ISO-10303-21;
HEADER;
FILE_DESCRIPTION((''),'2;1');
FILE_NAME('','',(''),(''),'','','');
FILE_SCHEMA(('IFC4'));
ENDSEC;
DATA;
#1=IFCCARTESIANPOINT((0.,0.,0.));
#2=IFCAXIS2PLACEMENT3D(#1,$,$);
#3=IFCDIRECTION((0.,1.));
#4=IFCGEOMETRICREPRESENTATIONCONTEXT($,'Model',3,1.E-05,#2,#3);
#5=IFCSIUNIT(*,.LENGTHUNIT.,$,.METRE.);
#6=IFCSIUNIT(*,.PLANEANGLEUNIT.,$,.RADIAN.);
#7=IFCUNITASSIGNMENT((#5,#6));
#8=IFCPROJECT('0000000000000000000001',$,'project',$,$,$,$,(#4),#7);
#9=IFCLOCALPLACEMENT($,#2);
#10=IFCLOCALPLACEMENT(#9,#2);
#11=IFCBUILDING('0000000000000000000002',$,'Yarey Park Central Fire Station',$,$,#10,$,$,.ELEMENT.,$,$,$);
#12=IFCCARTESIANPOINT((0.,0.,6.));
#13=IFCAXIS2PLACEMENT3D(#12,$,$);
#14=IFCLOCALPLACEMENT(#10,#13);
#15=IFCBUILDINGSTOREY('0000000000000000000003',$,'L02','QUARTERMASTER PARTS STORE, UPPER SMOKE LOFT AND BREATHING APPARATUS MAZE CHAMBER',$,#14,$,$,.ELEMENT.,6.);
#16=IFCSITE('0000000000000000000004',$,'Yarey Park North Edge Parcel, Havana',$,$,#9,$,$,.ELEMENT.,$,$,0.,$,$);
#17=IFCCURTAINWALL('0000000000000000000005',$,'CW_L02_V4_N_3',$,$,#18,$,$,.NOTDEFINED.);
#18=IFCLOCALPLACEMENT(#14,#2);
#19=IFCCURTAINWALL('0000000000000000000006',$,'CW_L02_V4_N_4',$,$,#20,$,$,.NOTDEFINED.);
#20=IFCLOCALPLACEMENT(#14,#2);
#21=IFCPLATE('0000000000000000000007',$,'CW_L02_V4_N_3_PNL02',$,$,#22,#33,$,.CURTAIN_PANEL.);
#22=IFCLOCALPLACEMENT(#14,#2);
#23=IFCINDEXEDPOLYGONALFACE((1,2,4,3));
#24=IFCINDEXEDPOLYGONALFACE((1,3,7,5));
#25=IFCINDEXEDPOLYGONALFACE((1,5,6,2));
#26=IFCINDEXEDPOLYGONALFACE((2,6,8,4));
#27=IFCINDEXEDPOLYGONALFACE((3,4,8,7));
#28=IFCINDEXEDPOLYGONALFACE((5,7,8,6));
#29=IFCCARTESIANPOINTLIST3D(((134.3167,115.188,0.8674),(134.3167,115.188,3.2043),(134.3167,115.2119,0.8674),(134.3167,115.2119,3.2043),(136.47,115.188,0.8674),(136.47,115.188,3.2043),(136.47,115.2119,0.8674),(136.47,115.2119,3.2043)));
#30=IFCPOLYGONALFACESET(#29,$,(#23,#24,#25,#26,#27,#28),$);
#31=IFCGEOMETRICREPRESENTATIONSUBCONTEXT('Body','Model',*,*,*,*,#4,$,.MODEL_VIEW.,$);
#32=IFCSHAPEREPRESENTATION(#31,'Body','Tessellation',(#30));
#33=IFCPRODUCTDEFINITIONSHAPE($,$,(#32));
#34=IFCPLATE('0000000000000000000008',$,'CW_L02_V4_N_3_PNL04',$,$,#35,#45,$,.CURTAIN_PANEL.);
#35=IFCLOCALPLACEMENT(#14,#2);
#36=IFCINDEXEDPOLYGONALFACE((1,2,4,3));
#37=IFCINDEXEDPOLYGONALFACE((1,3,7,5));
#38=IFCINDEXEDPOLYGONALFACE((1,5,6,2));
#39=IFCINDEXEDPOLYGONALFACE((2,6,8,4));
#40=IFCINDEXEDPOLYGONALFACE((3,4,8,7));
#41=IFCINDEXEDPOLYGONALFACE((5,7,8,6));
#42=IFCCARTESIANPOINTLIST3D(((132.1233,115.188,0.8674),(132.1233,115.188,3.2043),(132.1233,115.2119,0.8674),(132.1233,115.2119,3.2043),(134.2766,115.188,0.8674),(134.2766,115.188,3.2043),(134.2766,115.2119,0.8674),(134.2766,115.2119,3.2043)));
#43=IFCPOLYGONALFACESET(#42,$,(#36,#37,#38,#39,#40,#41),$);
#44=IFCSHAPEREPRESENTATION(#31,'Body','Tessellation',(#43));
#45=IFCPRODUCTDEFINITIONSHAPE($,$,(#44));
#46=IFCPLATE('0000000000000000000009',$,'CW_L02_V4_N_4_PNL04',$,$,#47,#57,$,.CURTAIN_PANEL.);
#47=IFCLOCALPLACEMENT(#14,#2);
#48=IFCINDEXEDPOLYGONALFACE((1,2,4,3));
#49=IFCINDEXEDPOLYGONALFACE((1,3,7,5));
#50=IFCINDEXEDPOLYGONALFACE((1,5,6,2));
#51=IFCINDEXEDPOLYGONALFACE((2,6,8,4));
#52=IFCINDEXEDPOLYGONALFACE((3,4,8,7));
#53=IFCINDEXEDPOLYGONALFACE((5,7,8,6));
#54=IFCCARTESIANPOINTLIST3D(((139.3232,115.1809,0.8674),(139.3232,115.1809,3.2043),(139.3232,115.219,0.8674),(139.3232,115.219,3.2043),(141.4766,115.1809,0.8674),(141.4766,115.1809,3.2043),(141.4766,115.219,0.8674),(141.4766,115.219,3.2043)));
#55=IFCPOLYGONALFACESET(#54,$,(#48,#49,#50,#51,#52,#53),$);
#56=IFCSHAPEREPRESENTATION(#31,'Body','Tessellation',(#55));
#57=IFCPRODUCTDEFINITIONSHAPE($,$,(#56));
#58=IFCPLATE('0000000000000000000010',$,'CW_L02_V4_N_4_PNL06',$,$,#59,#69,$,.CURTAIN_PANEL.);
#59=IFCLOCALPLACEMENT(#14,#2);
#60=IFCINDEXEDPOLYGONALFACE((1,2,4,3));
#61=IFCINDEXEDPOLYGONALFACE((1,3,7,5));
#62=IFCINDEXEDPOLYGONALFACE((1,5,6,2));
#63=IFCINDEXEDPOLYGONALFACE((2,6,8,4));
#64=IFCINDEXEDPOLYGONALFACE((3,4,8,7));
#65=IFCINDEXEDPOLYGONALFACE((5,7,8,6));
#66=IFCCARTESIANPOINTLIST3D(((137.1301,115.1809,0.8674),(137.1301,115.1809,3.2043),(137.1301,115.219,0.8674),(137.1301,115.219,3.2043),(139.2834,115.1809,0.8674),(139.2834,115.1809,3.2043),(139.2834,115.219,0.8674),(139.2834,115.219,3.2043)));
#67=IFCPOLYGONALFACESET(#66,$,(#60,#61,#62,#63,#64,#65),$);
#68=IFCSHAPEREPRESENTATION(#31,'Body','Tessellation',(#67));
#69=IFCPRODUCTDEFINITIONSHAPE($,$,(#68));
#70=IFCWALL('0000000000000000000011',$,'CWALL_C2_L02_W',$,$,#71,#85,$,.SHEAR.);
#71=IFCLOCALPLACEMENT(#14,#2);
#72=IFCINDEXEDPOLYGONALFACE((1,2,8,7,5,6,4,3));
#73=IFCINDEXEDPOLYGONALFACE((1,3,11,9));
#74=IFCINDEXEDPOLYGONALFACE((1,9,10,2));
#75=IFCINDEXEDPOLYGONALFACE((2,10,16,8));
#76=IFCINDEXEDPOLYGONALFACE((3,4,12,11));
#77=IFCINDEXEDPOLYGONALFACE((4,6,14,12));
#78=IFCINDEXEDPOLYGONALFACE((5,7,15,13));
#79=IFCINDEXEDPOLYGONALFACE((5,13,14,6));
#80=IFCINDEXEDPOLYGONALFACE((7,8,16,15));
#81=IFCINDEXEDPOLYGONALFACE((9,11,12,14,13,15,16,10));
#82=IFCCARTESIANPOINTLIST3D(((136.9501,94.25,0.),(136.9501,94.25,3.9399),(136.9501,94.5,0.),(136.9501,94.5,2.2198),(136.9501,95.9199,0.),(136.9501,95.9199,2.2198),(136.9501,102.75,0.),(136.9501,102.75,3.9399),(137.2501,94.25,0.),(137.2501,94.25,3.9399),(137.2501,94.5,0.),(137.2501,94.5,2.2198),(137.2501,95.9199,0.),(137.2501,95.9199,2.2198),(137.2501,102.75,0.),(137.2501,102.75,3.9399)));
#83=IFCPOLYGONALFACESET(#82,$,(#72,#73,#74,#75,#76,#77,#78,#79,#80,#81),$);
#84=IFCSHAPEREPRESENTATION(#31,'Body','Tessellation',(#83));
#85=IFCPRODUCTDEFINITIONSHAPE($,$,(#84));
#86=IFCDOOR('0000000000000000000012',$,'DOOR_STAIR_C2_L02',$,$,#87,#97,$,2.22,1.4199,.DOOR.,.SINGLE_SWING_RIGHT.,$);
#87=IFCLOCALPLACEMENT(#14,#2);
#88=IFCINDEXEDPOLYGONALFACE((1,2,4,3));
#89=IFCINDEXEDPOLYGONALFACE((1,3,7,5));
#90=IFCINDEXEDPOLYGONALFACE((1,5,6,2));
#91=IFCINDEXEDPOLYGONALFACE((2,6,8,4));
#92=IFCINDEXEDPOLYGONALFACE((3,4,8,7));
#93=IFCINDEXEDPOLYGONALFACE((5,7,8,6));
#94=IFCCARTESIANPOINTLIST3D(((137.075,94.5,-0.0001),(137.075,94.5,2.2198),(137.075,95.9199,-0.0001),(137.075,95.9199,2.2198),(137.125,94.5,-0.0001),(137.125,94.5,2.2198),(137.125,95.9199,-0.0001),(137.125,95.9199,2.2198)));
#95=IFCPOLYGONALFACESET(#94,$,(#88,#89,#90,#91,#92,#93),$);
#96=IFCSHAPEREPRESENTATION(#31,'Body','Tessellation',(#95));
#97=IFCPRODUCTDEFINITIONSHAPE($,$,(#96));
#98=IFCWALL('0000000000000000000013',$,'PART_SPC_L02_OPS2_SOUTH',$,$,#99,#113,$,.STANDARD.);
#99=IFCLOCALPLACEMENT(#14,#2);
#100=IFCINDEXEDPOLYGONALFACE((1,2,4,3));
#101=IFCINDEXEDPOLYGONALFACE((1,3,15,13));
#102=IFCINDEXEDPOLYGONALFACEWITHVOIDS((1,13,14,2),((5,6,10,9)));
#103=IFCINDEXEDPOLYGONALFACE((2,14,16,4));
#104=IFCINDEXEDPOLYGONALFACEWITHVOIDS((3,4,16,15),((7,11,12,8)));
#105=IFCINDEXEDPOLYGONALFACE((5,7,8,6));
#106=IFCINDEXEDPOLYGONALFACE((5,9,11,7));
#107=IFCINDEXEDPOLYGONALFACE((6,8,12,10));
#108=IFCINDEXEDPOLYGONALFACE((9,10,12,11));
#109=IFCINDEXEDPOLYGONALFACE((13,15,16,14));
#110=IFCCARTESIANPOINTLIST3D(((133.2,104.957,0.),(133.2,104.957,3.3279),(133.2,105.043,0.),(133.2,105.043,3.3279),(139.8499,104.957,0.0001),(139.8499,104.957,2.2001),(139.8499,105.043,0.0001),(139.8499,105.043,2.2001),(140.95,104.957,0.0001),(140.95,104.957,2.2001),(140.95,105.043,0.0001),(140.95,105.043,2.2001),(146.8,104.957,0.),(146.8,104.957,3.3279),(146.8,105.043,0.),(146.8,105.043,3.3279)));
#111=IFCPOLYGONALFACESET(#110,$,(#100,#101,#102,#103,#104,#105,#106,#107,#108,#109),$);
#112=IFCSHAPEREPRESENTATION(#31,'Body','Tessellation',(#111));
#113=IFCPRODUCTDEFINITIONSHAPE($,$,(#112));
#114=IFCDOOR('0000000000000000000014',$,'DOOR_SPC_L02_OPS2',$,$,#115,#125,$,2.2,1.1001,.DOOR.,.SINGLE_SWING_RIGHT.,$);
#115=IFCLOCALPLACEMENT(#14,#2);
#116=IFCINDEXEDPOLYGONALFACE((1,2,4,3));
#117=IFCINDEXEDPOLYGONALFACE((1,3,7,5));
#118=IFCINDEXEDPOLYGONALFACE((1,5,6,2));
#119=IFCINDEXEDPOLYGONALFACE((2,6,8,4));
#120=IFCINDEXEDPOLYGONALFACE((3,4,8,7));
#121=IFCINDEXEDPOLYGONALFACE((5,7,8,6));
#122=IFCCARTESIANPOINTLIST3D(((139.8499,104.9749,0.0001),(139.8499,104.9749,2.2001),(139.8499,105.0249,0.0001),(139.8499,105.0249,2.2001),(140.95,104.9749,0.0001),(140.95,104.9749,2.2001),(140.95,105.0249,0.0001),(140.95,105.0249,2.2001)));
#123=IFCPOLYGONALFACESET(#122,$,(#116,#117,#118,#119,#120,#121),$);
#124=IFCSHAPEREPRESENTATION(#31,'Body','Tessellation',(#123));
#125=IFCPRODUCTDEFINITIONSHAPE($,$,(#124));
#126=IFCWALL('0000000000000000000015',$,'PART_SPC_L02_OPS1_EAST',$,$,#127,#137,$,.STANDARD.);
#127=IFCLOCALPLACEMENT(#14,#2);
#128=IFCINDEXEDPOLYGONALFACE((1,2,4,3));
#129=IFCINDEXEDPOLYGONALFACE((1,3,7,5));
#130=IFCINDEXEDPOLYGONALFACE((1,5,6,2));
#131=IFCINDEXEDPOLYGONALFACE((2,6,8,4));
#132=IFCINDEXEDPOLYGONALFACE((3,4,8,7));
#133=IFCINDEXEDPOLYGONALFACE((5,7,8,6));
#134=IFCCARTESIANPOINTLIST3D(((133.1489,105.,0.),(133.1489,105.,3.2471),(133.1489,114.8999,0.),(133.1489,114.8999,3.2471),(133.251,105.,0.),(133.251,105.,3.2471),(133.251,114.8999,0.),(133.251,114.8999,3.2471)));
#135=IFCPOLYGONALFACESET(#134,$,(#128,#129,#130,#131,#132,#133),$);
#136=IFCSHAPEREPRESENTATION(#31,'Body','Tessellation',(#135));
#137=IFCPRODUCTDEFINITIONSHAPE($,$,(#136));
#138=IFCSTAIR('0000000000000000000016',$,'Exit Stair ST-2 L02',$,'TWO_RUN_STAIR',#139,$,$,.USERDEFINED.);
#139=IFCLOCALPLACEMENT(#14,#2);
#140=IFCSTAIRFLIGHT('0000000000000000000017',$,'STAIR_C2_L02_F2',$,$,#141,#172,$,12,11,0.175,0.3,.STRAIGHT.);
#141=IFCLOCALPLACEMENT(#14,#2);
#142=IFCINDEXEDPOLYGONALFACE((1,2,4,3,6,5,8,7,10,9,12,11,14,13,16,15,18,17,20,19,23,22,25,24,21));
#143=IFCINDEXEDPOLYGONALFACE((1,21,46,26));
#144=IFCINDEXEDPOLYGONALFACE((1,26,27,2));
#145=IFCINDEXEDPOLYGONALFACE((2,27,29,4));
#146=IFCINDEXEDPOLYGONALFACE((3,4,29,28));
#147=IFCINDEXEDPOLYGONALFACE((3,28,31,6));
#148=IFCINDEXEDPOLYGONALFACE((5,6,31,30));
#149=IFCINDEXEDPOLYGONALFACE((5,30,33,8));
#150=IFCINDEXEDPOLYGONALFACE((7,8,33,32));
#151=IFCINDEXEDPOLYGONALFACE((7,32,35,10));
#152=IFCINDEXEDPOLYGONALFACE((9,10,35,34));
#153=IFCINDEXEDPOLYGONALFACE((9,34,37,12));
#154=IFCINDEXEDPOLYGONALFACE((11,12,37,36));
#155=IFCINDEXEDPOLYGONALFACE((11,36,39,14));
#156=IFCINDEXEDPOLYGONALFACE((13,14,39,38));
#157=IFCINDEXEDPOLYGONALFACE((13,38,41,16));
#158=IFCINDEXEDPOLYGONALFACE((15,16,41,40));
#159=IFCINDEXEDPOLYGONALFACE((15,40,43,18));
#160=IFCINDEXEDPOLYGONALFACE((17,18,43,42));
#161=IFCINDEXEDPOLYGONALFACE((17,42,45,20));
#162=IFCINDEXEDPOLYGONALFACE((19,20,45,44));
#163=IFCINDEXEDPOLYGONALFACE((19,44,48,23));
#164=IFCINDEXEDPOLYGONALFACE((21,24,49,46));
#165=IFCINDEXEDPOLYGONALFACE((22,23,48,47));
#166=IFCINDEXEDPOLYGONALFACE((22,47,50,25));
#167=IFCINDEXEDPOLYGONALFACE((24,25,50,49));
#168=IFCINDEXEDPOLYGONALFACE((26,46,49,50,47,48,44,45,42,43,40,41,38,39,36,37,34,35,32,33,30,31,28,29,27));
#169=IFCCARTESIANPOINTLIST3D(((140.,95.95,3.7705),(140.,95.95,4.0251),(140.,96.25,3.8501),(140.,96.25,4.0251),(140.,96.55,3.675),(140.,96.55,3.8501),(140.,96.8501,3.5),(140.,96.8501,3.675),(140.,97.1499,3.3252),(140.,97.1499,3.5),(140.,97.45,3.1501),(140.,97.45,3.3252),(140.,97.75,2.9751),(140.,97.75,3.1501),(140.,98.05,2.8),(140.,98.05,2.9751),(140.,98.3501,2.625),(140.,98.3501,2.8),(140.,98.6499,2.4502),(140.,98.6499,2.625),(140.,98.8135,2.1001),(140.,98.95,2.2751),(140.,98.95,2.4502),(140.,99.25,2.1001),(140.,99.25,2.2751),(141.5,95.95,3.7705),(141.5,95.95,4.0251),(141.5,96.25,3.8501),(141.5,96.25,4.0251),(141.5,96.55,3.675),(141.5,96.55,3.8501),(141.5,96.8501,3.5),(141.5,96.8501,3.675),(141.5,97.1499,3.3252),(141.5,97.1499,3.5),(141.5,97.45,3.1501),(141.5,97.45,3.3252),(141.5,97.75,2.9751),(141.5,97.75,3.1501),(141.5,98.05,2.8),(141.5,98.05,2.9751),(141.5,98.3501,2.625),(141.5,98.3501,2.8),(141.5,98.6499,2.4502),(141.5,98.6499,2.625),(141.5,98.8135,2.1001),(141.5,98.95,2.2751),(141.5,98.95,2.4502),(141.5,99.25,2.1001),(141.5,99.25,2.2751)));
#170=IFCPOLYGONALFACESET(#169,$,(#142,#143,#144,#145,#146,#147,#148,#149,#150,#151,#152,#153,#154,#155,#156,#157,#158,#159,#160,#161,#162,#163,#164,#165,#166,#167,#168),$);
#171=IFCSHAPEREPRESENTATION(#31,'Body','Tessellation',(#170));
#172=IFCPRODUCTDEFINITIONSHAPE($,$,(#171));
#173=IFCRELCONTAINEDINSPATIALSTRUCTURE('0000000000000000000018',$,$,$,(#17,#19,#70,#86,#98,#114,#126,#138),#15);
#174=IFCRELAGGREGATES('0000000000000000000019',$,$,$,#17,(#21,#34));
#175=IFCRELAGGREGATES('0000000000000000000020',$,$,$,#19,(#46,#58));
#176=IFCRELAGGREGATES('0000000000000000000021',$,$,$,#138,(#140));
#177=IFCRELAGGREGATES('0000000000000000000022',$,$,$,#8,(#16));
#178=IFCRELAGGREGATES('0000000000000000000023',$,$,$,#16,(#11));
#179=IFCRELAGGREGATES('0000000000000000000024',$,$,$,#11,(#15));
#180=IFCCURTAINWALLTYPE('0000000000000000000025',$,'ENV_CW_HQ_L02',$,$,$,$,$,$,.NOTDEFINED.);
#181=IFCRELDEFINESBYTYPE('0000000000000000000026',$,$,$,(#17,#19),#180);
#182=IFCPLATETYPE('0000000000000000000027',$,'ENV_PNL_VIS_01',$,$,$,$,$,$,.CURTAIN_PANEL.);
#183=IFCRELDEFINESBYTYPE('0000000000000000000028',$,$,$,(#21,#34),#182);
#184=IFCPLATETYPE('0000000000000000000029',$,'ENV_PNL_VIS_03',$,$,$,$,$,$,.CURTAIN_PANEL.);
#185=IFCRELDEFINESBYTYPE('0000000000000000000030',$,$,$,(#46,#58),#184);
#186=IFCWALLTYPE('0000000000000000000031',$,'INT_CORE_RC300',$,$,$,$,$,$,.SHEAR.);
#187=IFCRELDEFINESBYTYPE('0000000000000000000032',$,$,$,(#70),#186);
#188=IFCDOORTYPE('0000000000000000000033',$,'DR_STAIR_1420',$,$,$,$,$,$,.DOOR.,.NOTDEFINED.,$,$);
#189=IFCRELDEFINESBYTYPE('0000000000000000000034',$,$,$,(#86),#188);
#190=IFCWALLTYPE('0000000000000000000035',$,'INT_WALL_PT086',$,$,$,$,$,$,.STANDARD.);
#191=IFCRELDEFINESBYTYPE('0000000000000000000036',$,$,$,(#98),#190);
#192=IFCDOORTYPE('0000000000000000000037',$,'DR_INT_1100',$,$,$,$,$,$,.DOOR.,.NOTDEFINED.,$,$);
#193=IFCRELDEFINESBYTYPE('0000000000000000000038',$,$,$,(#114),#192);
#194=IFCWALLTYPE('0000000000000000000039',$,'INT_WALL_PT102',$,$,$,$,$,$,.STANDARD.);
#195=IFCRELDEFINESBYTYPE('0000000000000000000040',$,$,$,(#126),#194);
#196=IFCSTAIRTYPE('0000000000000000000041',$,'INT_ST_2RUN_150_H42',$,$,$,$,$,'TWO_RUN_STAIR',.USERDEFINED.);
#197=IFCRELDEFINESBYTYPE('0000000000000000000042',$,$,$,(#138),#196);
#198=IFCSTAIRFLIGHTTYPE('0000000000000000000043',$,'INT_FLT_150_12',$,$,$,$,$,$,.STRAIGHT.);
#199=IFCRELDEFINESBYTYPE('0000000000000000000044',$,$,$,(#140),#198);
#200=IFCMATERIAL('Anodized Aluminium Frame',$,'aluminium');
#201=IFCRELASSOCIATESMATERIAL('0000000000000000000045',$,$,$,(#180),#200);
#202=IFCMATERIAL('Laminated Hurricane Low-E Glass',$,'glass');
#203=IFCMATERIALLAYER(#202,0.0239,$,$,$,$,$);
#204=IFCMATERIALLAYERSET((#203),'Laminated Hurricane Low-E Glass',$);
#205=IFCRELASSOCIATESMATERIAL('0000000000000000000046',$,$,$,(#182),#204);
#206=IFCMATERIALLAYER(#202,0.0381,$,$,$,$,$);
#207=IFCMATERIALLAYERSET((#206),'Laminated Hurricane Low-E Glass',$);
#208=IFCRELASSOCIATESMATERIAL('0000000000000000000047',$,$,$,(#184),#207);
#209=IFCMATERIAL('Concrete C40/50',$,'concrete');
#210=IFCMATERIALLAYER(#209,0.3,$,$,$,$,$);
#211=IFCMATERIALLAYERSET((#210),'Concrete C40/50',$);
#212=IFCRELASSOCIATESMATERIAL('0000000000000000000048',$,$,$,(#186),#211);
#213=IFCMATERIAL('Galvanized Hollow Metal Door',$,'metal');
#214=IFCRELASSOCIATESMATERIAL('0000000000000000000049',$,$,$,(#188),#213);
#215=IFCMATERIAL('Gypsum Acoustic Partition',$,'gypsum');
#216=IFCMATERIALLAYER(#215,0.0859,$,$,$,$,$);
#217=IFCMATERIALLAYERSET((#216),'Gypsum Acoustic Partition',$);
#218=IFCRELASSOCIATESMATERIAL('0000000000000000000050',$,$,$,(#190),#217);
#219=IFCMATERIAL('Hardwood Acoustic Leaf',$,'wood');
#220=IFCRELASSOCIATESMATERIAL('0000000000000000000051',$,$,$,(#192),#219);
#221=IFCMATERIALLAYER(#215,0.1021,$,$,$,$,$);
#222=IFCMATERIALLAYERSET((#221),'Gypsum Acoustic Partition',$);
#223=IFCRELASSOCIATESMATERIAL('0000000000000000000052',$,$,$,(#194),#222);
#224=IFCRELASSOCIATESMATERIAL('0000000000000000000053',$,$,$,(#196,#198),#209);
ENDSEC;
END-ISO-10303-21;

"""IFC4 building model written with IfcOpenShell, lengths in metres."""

from ifc_helpers import new_model, si_unit, direction, frame, frame_2d, origin, origin_2d, place, context, subcontext, project, spatial, polyline, rectangle, outline, extrude, material, layer, layer_set, type_object, element, fill, aggregate, save


model = new_model("IFC4")

# Units and contexts
model_context = context("Model", 3, precision=1e-05, world=origin(), true_north=direction((0.0, 1.0)))
body_context = subcontext(model_context, "Body", "Model", "MODEL_VIEW")
ifc_project = project(units=[si_unit("LENGTHUNIT", "METRE"), si_unit("PLANEANGLEUNIT", "RADIAN")], contexts=[model_context])

# Site, building, storey
site_placement = place(None, origin())
site = spatial("IfcSite", under=ifc_project, at=site_placement, Name="Yarey Park North Edge Parcel, Havana", CompositionType="ELEMENT", RefElevation=0.0)
building_placement = place(site_placement, origin())
building = spatial("IfcBuilding", under=site, at=building_placement, Name="Yarey Park Central Fire Station", CompositionType="ELEMENT")
storey_placement = place(building_placement, frame((0.0, 0.0, 6.0)))
storey = spatial("IfcBuildingStorey", under=building, at=storey_placement, Name="L02", Description="QUARTERMASTER PARTS STORE, UPPER SMOKE LOFT AND BREATHING APPARATUS MAZE CHAMBER", CompositionType="ELEMENT", Elevation=6.0)

# Shared definitions
ifc_material_1 = material(Name="Concrete C40/50", Category="concrete")

# Curtain walls
ifc_material_2 = material(Name="Anodized Aluminium Frame", Category="aluminium")
curtain_wall_type = type_object("IfcCurtainWallType", Name="ENV_CW_HQ_L02", PredefinedType="NOTDEFINED", material=ifc_material_2)
curtain_wall_1_placement = place(storey_placement, origin())
curtain_wall_1 = element("IfcCurtainWall", 1, at=curtain_wall_1_placement, inside=storey, type_object=curtain_wall_type, Name="CW_L02_V4_N_3", PredefinedType="NOTDEFINED")
curtain_wall_2_placement = place(storey_placement, origin())
curtain_wall_2 = element("IfcCurtainWall", 2, at=curtain_wall_2_placement, inside=storey, type_object=curtain_wall_type, Name="CW_L02_V4_N_4", PredefinedType="NOTDEFINED")

# Plates
ifc_material_3 = material(Name="Laminated Hurricane Low-E Glass", Category="glass")
ifc_layer_1 = layer(ifc_material_3, 0.0239)
ifc_layer_set_1 = layer_set([ifc_layer_1], Name="Laminated Hurricane Low-E Glass")
plate_type_1 = type_object("IfcPlateType", Name="ENV_PNL_VIS_01", PredefinedType="CURTAIN_PANEL", material=ifc_layer_set_1)
plate_1_placement = place(storey_placement, frame((135.3933, 115.2, 0.8674), z_axis=(0.0, 0.0, 1.0), x_axis=(-1.0, 0.0, 0.0)))
plate_1 = element("IfcPlate", 3, at=plate_1_placement, type_object=plate_type_1, Name="CW_L02_V4_N_3_PNL02", PredefinedType="CURTAIN_PANEL", context=body_context, shape_type="SweptSolid", body=[
    extrude(rectangle(XDim=2.1533, YDim=0.0239, at=origin_2d()), origin(), (0.0, 0.0, 1.0), 2.3369),
])
plate_2_placement = place(storey_placement, frame((133.2, 115.2, 0.8674), z_axis=(0.0, 0.0, 1.0), x_axis=(-1.0, 0.0, 0.0)))
plate_2 = element("IfcPlate", 4, at=plate_2_placement, type_object=plate_type_1, Name="CW_L02_V4_N_3_PNL04", PredefinedType="CURTAIN_PANEL", context=body_context, shape_type="SweptSolid", body=[
    extrude(rectangle(XDim=2.1533, YDim=0.0239, at=origin_2d()), origin(), (0.0, 0.0, 1.0), 2.3369),
])
aggregate(curtain_wall_1, [plate_1, plate_2])
ifc_layer_2 = layer(ifc_material_3, 0.0381)
ifc_layer_set_2 = layer_set([ifc_layer_2], Name="Laminated Hurricane Low-E Glass")
plate_type_2 = type_object("IfcPlateType", Name="ENV_PNL_VIS_03", PredefinedType="CURTAIN_PANEL", material=ifc_layer_set_2)
plate_3_placement = place(storey_placement, frame((140.3999, 115.2, 0.8674), z_axis=(0.0, 0.0, 1.0), x_axis=(-1.0, 0.0, 0.0)))
plate_3 = element("IfcPlate", 5, at=plate_3_placement, type_object=plate_type_2, Name="CW_L02_V4_N_4_PNL04", PredefinedType="CURTAIN_PANEL", context=body_context, shape_type="SweptSolid", body=[
    extrude(rectangle(XDim=2.1533, YDim=0.0381, at=origin_2d()), origin(), (0.0, 0.0, 1.0), 2.3369),
])
plate_4_placement = place(storey_placement, frame((138.2068, 115.2, 0.8674), z_axis=(0.0, 0.0, 1.0), x_axis=(-1.0, 0.0, 0.0)))
plate_4 = element("IfcPlate", 6, at=plate_4_placement, type_object=plate_type_2, Name="CW_L02_V4_N_4_PNL06", PredefinedType="CURTAIN_PANEL", context=body_context, shape_type="SweptSolid", body=[
    extrude(rectangle(XDim=2.1533, YDim=0.0381, at=origin_2d()), origin(), (0.0, 0.0, 1.0), 2.3369),
])
aggregate(curtain_wall_2, [plate_3, plate_4])

# Walls, openings, doors
ifc_layer_3 = layer(ifc_material_1, 0.3)
ifc_layer_set_3 = layer_set([ifc_layer_3], Name="Concrete C40/50")
wall_type_1 = type_object("IfcWallType", Name="INT_CORE_RC300", PredefinedType="SHEAR", material=ifc_layer_set_3)
wall_1_placement = place(storey_placement, frame((137.1001, 102.75, 0.0), z_axis=(0.0, 0.0, 1.0), x_axis=(0.0, -1.0, 0.0)))
wall_1 = element("IfcWall", 7, at=wall_1_placement, inside=storey, type_object=wall_type_1, Name="CWALL_C2_L02_W", PredefinedType="SHEAR", context=body_context, shape_type="SweptSolid", body=[
    extrude(rectangle(XDim=8.5, YDim=0.3, at=frame_2d((4.25, 0.0))), origin(), (0.0, 0.0, 1.0), 3.9399),
])
opening_1_placement = place(wall_1_placement, frame((6.8301, 0.0, 0.0)))
opening_1 = element("IfcOpeningElement", 8, at=opening_1_placement, cuts=wall_1, PredefinedType="OPENING", context=body_context, shape_type="SweptSolid", body=[
    extrude(rectangle(XDim=1.4199, YDim=2.22, at=frame_2d((0.71, 1.1099))), frame((0.0, 0.1599, 0.0), z_axis=(0.0, -1.0, 0.0), x_axis=(1.0, 0.0, 0.0)), (0.0, 0.0, 1.0), 0.3201),
])
ifc_material_4 = material(Name="Galvanized Hollow Metal Door", Category="metal")
door_type_1 = type_object("IfcDoorType", Name="DR_STAIR_1420", OperationType="NOTDEFINED", PredefinedType="DOOR", material=ifc_material_4)
door_1_placement = place(opening_1_placement, origin())
door_1 = element("IfcDoor", 9, at=door_1_placement, inside=storey, type_object=door_type_1, Name="DOOR_STAIR_C2_L02", OperationType="SINGLE_SWING_RIGHT", OverallHeight=2.22, OverallWidth=1.4199, PredefinedType="DOOR", context=body_context, shape_type="SweptSolid", body=[
    extrude(rectangle(XDim=1.4199, YDim=2.22, at=frame_2d((0.71, 1.1099))), frame((0.0, 0.0249, 0.0), z_axis=(0.0, -1.0, 0.0), x_axis=(1.0, 0.0, 0.0)), (0.0, 0.0, 1.0), 0.05),
])
fill(opening_1, door_1)
ifc_material_5 = material(Name="Gypsum Acoustic Partition", Category="gypsum")
ifc_layer_4 = layer(ifc_material_5, 0.0859)
ifc_layer_set_4 = layer_set([ifc_layer_4], Name="Gypsum Acoustic Partition")
wall_type_2 = type_object("IfcWallType", Name="INT_WALL_PT086", PredefinedType="STANDARD", material=ifc_layer_set_4)
wall_2_placement = place(storey_placement, frame((133.2, 105.0, 0.0), z_axis=(0.0, 0.0, 1.0), x_axis=(1.0, 0.0, 0.0)))
wall_2 = element("IfcWall", 10, at=wall_2_placement, inside=storey, type_object=wall_type_2, Name="PART_SPC_L02_OPS2_SOUTH", PredefinedType="STANDARD", context=body_context, shape_type="SweptSolid", body=[
    extrude(rectangle(XDim=13.6001, YDim=0.0859, at=frame_2d((6.8, 0.0))), origin(), (0.0, 0.0, 1.0), 3.3279),
])
opening_2_placement = place(wall_2_placement, frame((6.6499, 0.0, 0.0)))
opening_2 = element("IfcOpeningElement", 11, at=opening_2_placement, cuts=wall_2, PredefinedType="OPENING", context=body_context, shape_type="SweptSolid", body=[
    extrude(rectangle(XDim=1.1001, YDim=2.2, at=frame_2d((0.55, 1.1001))), frame((0.0, 0.053, 0.0), z_axis=(0.0, -1.0, 0.0), x_axis=(1.0, 0.0, 0.0)), (0.0, 0.0, 1.0), 0.106),
])
ifc_material_6 = material(Name="Hardwood Acoustic Leaf", Category="wood")
door_type_2 = type_object("IfcDoorType", Name="DR_INT_1100", OperationType="NOTDEFINED", PredefinedType="DOOR", material=ifc_material_6)
door_2_placement = place(opening_2_placement, origin())
door_2 = element("IfcDoor", 12, at=door_2_placement, inside=storey, type_object=door_type_2, Name="DOOR_SPC_L02_OPS2", OperationType="SINGLE_SWING_RIGHT", OverallHeight=2.2, OverallWidth=1.1001, PredefinedType="DOOR", context=body_context, shape_type="SweptSolid", body=[
    extrude(rectangle(XDim=1.1001, YDim=2.2, at=frame_2d((0.55, 1.1001))), frame((0.0, 0.0249, 0.0), z_axis=(0.0, -1.0, 0.0), x_axis=(1.0, 0.0, 0.0)), (0.0, 0.0, 1.0), 0.05),
])
fill(opening_2, door_2)

# Wall
ifc_layer_5 = layer(ifc_material_5, 0.1021)
ifc_layer_set_5 = layer_set([ifc_layer_5], Name="Gypsum Acoustic Partition")
wall_type_3 = type_object("IfcWallType", Name="INT_WALL_PT102", PredefinedType="STANDARD", material=ifc_layer_set_5)
wall_3_placement = place(storey_placement, frame((133.2, 105.0, 0.0), z_axis=(0.0, 0.0, 1.0), x_axis=(0.0, 1.0, 0.0)))
element("IfcWall", 13, at=wall_3_placement, inside=storey, type_object=wall_type_3, Name="PART_SPC_L02_OPS1_EAST", PredefinedType="STANDARD", context=body_context, shape_type="SweptSolid", body=[
    extrude(rectangle(XDim=9.8999, YDim=0.1021, at=frame_2d((4.95, 0.0))), origin(), (0.0, 0.0, 1.0), 3.2471),
])

# Stair, stair flight
stair_type = type_object("IfcStairType", Name="INT_ST_2RUN_150_H42", ElementType="TWO_RUN_STAIR", PredefinedType="USERDEFINED", material=ifc_material_1)
stair_placement = place(storey_placement, origin())
stair = element("IfcStair", 14, at=stair_placement, inside=storey, type_object=stair_type, Name="Exit Stair ST-2 L02", ObjectType="TWO_RUN_STAIR", PredefinedType="USERDEFINED")
stair_flight_type = type_object("IfcStairFlightType", Name="INT_FLT_150_12", PredefinedType="STRAIGHT", material=ifc_material_1)
stair_flight_placement = place(storey_placement, frame((140.75, 99.25, 2.1001), z_axis=(0.0, 0.0, 1.0), x_axis=(0.0, -1.0, 0.0)))
stair_flight = element("IfcStairFlight", 15, at=stair_flight_placement, type_object=stair_flight_type, Name="STAIR_C2_L02_F2", NumberOfRisers=12, NumberOfTreads=11, PredefinedType="STRAIGHT", RiserHeight=0.175, TreadLength=0.3, context=body_context, shape_type="SweptSolid", body=[
    extrude(outline(polyline([(0.0, 0.0), (0.0, 0.175), (0.3, 0.175), (0.3, 0.3501), (0.6001, 0.3501), (0.6001, 0.5249), (0.8999, 0.5249), (0.8999, 0.7), (1.2, 0.7), (1.2, 0.875), (1.5, 0.875), (1.5, 1.05), (1.8, 1.05), (1.8, 1.2251), (2.1001, 1.2251), (2.1001, 1.3999), (2.3999, 1.3999), (2.3999, 1.575), (2.7, 1.575), (2.7, 1.75), (3.0, 1.75), (3.0, 1.925), (3.3, 1.925), (3.3, 2.1001), (3.3, 1.6704), (0.4365, 0.0), (0.0, 0.0)])), frame((0.0, 0.75, 0.0), z_axis=(0.0, -1.0, 0.0), x_axis=(1.0, 0.0, 0.0)), (0.0, 0.0, 1.0), 1.5),
])
aggregate(stair, [stair_flight])

save(model, "model.ifc")
